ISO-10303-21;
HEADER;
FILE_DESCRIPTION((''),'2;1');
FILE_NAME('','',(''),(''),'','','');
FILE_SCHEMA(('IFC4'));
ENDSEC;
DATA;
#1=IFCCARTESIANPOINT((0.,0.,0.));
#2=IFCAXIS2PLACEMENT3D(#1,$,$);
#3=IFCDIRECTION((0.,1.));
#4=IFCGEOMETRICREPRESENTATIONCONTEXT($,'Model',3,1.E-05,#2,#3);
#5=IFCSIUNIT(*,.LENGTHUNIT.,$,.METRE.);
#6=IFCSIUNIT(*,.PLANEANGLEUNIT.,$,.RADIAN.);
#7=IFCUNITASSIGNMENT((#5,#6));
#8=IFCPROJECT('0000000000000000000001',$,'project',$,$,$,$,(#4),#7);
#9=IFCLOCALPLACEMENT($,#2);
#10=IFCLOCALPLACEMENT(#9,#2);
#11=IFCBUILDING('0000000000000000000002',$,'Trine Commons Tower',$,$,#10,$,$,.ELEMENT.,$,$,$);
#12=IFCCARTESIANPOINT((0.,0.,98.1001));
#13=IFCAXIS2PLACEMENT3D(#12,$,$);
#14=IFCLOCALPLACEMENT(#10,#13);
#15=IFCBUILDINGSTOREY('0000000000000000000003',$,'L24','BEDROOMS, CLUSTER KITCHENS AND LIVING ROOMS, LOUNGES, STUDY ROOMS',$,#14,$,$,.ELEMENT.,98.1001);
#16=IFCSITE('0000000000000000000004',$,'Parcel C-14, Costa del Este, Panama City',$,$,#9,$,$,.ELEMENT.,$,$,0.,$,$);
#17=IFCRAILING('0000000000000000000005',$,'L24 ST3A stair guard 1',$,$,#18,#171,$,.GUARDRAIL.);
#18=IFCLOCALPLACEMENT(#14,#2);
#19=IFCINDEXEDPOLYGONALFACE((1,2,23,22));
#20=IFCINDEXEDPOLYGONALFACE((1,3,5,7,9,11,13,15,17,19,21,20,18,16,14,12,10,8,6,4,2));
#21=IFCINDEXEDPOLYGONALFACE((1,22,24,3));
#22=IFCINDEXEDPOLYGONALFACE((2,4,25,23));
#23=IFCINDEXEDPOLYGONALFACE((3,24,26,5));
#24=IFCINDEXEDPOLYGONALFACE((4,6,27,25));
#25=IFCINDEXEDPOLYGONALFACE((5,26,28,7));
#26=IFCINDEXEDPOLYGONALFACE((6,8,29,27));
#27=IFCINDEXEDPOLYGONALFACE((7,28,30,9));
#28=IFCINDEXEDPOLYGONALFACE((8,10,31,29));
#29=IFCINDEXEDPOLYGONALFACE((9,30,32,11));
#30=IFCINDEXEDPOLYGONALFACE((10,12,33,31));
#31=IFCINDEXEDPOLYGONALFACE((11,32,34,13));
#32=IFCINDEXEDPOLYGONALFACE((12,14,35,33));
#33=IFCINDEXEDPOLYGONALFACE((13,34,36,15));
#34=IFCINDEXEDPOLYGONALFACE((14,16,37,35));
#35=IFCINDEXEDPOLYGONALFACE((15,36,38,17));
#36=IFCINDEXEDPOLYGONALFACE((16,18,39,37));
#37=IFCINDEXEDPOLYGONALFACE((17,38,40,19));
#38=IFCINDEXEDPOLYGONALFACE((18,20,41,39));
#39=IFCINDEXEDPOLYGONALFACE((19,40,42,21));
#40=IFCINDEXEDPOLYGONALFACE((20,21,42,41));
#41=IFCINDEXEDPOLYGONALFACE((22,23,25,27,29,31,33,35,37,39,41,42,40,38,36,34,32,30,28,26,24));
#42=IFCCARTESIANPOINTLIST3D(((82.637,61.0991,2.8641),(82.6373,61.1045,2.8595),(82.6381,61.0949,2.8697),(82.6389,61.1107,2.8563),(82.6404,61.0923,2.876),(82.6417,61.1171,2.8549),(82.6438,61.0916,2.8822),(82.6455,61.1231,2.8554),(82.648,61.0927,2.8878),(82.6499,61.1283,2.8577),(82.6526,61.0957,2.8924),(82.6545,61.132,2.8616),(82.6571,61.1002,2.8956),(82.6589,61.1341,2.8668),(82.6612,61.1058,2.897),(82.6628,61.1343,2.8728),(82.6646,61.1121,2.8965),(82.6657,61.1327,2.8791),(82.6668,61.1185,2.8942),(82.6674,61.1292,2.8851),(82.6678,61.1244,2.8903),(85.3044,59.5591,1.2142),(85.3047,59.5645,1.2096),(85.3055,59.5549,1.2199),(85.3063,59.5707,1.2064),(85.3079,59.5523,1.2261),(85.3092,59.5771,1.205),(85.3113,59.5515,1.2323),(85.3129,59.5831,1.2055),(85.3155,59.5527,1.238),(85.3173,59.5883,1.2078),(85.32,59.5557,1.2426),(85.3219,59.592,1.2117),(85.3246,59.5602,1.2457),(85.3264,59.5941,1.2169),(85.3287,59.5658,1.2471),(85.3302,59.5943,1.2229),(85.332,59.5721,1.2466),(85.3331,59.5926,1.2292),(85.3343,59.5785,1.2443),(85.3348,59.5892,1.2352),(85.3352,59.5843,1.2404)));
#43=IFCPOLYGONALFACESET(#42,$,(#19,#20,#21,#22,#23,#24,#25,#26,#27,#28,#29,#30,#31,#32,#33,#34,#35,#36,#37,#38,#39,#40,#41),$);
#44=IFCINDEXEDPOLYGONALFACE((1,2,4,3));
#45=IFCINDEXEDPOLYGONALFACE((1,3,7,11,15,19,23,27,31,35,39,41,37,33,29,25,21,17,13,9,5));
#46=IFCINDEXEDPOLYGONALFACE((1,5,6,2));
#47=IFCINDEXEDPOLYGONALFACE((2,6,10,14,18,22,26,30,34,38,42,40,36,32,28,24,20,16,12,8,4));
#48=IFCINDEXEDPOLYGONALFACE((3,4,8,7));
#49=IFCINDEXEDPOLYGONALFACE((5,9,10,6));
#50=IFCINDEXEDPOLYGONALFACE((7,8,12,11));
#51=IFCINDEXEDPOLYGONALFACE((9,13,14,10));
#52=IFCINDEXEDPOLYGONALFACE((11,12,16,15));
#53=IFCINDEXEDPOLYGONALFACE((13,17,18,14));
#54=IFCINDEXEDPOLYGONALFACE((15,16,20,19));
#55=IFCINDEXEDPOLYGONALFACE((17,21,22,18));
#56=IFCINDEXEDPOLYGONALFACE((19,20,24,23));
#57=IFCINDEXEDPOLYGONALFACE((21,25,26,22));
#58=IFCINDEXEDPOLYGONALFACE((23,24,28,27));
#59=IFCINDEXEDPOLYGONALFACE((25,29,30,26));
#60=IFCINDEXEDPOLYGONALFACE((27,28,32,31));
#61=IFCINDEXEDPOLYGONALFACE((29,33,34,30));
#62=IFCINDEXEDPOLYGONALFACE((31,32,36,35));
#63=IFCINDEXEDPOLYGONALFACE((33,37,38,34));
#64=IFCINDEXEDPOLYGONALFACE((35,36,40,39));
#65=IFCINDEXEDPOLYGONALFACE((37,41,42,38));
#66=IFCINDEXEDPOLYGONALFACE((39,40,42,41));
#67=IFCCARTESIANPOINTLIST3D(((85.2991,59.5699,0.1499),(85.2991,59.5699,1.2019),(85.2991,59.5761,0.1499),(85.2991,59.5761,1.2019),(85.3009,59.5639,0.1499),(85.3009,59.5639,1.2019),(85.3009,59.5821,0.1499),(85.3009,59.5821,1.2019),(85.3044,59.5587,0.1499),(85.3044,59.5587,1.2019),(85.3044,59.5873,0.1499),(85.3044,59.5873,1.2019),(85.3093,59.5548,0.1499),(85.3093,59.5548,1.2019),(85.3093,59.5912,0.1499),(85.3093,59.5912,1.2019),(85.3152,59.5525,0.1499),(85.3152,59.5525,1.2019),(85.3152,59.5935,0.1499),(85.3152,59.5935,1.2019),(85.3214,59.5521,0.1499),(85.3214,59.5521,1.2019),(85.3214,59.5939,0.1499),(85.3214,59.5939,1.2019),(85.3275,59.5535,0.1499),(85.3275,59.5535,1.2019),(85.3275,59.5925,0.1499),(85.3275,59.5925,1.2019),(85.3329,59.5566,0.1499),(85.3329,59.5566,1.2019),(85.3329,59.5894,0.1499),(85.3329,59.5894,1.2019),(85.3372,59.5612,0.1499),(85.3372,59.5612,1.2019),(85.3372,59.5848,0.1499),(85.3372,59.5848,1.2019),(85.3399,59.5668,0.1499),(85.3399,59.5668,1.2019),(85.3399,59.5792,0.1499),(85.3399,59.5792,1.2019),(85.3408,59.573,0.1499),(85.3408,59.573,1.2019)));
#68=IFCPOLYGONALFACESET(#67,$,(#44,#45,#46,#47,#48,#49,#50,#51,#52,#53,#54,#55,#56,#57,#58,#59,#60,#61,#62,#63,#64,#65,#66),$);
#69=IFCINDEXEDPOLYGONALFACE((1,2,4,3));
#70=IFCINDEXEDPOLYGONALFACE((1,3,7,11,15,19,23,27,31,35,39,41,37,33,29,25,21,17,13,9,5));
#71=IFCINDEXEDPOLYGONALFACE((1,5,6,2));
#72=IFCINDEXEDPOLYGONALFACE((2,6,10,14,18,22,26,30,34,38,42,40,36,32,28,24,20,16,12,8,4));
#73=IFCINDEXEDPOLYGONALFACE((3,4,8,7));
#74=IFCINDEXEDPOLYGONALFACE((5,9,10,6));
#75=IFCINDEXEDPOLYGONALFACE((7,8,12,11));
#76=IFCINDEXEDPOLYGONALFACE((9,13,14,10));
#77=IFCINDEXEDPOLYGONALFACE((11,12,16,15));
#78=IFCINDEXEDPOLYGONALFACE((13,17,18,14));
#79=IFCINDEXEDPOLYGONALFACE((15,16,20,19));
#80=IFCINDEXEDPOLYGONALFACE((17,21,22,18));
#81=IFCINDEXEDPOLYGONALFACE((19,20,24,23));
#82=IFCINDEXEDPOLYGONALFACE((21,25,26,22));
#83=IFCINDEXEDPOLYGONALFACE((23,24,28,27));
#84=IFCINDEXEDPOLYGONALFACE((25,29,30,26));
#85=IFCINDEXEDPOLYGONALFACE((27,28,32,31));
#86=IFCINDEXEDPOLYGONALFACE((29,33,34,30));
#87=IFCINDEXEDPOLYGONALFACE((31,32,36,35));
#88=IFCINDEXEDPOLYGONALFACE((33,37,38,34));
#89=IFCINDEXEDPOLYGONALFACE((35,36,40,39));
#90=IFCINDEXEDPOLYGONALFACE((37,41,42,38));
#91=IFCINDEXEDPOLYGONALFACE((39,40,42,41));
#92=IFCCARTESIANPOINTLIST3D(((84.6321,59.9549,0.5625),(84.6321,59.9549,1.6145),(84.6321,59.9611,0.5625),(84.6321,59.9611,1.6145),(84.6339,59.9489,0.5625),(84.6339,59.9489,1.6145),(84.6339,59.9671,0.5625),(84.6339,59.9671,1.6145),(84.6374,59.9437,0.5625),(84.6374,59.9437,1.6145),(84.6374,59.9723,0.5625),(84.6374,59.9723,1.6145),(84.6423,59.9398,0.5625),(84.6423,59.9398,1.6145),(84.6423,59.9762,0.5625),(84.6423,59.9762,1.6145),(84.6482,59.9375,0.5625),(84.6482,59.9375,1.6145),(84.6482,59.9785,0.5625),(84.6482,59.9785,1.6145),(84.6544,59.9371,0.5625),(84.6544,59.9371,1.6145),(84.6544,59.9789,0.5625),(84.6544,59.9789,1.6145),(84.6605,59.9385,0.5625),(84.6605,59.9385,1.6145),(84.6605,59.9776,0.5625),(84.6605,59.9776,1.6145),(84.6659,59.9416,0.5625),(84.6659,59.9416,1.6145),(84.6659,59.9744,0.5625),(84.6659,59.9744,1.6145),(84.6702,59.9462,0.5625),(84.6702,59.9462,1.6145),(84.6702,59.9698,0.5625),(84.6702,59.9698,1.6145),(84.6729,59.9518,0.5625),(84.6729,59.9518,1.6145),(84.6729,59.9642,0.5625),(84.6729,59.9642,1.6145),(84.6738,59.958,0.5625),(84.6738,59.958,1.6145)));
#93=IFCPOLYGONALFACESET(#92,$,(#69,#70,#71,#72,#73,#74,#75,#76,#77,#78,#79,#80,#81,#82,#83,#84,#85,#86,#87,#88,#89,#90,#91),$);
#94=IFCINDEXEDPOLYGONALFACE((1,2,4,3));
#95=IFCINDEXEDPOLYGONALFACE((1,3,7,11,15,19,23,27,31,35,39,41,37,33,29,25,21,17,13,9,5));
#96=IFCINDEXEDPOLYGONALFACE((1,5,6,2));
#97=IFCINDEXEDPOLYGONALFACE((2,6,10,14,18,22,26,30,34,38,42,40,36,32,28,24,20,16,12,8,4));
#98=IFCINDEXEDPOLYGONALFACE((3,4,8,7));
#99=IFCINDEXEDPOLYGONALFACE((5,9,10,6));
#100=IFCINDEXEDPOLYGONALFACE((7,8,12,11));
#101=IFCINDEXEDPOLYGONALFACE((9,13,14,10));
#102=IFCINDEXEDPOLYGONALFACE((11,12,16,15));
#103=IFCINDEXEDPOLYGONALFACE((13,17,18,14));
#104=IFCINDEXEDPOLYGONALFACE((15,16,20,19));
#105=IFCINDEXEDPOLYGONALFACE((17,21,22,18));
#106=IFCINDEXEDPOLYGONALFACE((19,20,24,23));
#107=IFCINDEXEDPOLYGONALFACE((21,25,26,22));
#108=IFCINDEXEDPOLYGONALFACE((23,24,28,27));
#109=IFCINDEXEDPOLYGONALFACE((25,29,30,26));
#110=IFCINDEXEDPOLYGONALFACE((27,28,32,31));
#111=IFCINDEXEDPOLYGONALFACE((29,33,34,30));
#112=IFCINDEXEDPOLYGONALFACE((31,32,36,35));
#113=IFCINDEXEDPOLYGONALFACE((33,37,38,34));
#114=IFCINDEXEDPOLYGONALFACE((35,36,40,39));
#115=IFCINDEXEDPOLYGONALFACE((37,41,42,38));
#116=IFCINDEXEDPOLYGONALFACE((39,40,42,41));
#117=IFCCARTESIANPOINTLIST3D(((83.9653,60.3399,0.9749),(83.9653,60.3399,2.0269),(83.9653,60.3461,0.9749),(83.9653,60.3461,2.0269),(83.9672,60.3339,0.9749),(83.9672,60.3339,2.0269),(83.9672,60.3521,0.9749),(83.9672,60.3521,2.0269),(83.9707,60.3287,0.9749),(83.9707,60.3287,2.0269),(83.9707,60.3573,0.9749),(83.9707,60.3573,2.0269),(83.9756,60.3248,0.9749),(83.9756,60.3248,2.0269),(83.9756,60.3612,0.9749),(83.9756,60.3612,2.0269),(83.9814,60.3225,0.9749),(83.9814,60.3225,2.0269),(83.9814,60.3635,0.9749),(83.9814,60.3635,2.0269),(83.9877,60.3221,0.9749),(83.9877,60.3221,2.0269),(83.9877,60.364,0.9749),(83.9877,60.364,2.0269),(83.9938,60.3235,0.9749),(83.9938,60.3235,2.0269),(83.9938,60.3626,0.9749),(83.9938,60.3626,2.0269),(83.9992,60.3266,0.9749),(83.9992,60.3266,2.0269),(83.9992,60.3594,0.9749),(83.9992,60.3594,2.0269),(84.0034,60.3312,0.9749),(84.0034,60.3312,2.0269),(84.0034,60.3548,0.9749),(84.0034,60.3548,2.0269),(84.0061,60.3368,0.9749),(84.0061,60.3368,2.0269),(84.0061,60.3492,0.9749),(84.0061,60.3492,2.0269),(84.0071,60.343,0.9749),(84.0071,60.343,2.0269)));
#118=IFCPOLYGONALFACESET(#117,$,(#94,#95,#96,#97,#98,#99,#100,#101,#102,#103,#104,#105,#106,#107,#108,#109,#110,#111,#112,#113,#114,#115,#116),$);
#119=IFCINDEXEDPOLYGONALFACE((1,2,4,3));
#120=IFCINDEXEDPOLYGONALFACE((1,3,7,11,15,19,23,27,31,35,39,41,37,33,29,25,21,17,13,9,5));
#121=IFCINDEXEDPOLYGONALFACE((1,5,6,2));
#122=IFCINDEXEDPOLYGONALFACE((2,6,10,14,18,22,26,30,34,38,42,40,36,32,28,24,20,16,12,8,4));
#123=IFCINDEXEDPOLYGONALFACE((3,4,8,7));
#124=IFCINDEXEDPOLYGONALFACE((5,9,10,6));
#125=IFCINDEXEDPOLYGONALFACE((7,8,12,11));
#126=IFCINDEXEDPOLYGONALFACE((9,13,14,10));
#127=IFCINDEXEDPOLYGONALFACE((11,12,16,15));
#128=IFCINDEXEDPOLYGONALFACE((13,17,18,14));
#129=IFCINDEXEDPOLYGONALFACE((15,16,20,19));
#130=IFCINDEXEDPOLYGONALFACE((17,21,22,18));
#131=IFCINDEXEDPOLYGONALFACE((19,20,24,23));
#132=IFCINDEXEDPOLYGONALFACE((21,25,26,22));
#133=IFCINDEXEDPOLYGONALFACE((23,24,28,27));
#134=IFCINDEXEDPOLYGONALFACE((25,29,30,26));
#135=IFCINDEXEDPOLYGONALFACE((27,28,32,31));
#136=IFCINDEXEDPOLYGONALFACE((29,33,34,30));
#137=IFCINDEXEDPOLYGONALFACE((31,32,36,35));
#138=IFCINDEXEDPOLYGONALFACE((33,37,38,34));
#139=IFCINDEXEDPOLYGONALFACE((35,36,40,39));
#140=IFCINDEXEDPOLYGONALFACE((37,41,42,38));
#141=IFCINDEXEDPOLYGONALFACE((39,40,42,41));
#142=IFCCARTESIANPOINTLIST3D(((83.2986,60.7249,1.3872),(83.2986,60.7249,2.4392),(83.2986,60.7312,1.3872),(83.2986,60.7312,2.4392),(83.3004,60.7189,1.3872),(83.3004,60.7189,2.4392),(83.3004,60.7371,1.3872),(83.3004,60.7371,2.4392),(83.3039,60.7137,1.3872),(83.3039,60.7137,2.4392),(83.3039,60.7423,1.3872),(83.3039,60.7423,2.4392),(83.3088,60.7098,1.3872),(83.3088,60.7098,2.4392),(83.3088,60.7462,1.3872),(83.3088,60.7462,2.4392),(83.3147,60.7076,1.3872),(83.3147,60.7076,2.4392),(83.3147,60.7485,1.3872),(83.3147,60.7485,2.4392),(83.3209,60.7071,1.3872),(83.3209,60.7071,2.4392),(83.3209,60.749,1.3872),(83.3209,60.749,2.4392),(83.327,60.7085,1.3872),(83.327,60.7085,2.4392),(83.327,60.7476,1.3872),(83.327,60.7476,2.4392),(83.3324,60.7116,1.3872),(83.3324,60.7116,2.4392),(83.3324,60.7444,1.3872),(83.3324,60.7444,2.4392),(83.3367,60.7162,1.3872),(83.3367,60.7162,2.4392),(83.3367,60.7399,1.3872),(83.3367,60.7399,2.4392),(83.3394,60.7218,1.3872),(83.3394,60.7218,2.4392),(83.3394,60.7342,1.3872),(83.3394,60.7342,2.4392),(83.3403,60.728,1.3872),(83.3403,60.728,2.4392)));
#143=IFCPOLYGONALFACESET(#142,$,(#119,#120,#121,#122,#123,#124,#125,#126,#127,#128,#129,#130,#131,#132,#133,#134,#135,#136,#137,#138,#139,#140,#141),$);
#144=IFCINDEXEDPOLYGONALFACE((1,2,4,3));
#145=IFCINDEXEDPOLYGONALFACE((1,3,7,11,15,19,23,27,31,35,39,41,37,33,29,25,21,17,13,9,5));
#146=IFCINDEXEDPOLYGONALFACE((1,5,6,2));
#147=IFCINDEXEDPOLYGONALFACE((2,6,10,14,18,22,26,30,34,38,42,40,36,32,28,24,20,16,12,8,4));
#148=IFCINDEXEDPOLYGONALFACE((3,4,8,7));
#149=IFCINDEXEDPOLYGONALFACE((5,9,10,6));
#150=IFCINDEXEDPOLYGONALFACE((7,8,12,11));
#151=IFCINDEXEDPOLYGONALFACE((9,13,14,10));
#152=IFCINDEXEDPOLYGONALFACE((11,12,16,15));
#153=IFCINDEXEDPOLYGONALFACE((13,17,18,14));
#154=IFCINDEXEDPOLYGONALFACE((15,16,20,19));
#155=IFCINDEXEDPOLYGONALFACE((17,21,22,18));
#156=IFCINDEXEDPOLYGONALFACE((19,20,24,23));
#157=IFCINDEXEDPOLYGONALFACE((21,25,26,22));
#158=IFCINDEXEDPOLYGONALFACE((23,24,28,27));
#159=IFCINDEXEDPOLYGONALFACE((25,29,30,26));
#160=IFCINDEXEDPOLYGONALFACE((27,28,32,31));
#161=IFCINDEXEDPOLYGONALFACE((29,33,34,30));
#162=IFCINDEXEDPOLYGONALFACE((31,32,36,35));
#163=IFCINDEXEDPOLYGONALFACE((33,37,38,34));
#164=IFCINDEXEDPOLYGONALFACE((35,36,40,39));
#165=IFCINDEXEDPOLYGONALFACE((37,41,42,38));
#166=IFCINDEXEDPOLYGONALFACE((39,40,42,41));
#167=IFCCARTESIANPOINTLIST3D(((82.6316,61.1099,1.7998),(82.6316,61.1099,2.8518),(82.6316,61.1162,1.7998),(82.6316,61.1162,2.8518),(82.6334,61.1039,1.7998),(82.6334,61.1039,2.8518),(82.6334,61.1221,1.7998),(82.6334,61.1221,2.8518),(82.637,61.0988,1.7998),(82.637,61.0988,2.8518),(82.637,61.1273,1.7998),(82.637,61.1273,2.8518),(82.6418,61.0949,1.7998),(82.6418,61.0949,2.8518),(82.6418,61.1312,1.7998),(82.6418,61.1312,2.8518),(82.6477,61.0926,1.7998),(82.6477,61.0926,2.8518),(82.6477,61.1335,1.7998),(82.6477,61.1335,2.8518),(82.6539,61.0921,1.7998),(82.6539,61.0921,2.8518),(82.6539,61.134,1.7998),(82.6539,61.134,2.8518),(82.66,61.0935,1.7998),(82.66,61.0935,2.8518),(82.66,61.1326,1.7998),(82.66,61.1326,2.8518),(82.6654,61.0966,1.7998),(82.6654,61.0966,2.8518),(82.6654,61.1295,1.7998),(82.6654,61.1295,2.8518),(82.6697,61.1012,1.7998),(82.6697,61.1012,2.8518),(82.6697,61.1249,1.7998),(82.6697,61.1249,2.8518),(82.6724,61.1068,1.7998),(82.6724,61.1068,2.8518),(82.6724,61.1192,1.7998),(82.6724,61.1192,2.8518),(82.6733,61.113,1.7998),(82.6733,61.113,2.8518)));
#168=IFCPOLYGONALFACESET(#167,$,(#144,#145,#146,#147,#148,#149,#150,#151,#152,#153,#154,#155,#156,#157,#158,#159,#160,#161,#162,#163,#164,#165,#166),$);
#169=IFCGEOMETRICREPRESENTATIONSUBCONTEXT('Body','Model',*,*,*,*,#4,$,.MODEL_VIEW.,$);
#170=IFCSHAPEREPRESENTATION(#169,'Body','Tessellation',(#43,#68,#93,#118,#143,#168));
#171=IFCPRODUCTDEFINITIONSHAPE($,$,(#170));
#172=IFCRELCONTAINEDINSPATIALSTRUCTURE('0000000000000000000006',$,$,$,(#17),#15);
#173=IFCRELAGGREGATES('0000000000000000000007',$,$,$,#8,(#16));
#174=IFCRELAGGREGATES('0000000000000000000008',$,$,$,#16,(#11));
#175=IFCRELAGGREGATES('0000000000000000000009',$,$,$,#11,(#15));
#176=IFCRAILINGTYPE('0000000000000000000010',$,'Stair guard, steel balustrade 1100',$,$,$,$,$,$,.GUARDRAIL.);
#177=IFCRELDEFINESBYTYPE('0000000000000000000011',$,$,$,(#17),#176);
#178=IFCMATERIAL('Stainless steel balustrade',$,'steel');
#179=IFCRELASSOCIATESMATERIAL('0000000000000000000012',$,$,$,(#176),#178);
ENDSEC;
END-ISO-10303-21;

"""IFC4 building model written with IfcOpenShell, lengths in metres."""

from ifc_helpers import new_model, si_unit, direction, frame, origin, origin_2d, place, context, subcontext, project, spatial, circle, extrude, material, type_object, element, save


model = new_model("IFC4")

# Units and contexts
model_context = context("Model", 3, precision=1e-05, world=origin(), true_north=direction((0.0, 1.0)))
body_context = subcontext(model_context, "Body", "Model", "MODEL_VIEW")
ifc_project = project(units=[si_unit("LENGTHUNIT", "METRE"), si_unit("PLANEANGLEUNIT", "RADIAN")], contexts=[model_context])

# Site, building, storey
site_placement = place(None, origin())
site = spatial("IfcSite", under=ifc_project, at=site_placement, Name="Parcel C-14, Costa del Este, Panama City", CompositionType="ELEMENT", RefElevation=0.0)
building_placement = place(site_placement, origin())
building = spatial("IfcBuilding", under=site, at=building_placement, Name="Trine Commons Tower", CompositionType="ELEMENT")
storey_placement = place(building_placement, frame((0.0, 0.0, 98.1001)))
storey = spatial("IfcBuildingStorey", under=building, at=storey_placement, Name="L24", Description="BEDROOMS, CLUSTER KITCHENS AND LIVING ROOMS, LOUNGES, STUDY ROOMS", CompositionType="ELEMENT", Elevation=98.1001)

# Railing
ifc_material_1 = material(Name="Stainless steel balustrade", Category="steel")
railing_type_1 = type_object("IfcRailingType", Name="Stair guard, steel balustrade 1100", PredefinedType="GUARDRAIL", material=ifc_material_1)
railing_1_placement = place(storey_placement, frame((85.3198, 59.573, 0.1499)))
element("IfcRailing", 1, at=railing_1_placement, inside=storey, type_object=railing_type_1, Name="L24 ST3A stair guard 1", PredefinedType="GUARDRAIL", context=body_context, shape_type="SweptSolid", body=[
    extrude(circle(Radius=0.0239, at=origin_2d()), frame((0.0, 0.0, 1.0762), z_axis=(-0.763405, 0.440743, 0.472185), x_axis=(-0.499992, -0.86603, 0.0)), (0.0, 0.0, 1.0), 3.4941),
    extrude(circle(Radius=0.021, at=origin_2d()), origin(), (0.0, 0.0, 1.0), 1.052),
    extrude(circle(Radius=0.021, at=origin_2d()), frame((-0.667, 0.385, 0.4126)), (0.0, 0.0, 1.0), 1.052),
    extrude(circle(Radius=0.021, at=origin_2d()), frame((-1.3337, 0.77, 0.825)), (0.0, 0.0, 1.0), 1.052),
    extrude(circle(Radius=0.021, at=origin_2d()), frame((-2.0005, 1.155, 1.2373)), (0.0, 0.0, 1.0), 1.052),
    extrude(circle(Radius=0.021, at=origin_2d()), frame((-2.6675, 1.54, 1.6499)), (0.0, 0.0, 1.0), 1.052),
])

save(model, "model.ifc")
